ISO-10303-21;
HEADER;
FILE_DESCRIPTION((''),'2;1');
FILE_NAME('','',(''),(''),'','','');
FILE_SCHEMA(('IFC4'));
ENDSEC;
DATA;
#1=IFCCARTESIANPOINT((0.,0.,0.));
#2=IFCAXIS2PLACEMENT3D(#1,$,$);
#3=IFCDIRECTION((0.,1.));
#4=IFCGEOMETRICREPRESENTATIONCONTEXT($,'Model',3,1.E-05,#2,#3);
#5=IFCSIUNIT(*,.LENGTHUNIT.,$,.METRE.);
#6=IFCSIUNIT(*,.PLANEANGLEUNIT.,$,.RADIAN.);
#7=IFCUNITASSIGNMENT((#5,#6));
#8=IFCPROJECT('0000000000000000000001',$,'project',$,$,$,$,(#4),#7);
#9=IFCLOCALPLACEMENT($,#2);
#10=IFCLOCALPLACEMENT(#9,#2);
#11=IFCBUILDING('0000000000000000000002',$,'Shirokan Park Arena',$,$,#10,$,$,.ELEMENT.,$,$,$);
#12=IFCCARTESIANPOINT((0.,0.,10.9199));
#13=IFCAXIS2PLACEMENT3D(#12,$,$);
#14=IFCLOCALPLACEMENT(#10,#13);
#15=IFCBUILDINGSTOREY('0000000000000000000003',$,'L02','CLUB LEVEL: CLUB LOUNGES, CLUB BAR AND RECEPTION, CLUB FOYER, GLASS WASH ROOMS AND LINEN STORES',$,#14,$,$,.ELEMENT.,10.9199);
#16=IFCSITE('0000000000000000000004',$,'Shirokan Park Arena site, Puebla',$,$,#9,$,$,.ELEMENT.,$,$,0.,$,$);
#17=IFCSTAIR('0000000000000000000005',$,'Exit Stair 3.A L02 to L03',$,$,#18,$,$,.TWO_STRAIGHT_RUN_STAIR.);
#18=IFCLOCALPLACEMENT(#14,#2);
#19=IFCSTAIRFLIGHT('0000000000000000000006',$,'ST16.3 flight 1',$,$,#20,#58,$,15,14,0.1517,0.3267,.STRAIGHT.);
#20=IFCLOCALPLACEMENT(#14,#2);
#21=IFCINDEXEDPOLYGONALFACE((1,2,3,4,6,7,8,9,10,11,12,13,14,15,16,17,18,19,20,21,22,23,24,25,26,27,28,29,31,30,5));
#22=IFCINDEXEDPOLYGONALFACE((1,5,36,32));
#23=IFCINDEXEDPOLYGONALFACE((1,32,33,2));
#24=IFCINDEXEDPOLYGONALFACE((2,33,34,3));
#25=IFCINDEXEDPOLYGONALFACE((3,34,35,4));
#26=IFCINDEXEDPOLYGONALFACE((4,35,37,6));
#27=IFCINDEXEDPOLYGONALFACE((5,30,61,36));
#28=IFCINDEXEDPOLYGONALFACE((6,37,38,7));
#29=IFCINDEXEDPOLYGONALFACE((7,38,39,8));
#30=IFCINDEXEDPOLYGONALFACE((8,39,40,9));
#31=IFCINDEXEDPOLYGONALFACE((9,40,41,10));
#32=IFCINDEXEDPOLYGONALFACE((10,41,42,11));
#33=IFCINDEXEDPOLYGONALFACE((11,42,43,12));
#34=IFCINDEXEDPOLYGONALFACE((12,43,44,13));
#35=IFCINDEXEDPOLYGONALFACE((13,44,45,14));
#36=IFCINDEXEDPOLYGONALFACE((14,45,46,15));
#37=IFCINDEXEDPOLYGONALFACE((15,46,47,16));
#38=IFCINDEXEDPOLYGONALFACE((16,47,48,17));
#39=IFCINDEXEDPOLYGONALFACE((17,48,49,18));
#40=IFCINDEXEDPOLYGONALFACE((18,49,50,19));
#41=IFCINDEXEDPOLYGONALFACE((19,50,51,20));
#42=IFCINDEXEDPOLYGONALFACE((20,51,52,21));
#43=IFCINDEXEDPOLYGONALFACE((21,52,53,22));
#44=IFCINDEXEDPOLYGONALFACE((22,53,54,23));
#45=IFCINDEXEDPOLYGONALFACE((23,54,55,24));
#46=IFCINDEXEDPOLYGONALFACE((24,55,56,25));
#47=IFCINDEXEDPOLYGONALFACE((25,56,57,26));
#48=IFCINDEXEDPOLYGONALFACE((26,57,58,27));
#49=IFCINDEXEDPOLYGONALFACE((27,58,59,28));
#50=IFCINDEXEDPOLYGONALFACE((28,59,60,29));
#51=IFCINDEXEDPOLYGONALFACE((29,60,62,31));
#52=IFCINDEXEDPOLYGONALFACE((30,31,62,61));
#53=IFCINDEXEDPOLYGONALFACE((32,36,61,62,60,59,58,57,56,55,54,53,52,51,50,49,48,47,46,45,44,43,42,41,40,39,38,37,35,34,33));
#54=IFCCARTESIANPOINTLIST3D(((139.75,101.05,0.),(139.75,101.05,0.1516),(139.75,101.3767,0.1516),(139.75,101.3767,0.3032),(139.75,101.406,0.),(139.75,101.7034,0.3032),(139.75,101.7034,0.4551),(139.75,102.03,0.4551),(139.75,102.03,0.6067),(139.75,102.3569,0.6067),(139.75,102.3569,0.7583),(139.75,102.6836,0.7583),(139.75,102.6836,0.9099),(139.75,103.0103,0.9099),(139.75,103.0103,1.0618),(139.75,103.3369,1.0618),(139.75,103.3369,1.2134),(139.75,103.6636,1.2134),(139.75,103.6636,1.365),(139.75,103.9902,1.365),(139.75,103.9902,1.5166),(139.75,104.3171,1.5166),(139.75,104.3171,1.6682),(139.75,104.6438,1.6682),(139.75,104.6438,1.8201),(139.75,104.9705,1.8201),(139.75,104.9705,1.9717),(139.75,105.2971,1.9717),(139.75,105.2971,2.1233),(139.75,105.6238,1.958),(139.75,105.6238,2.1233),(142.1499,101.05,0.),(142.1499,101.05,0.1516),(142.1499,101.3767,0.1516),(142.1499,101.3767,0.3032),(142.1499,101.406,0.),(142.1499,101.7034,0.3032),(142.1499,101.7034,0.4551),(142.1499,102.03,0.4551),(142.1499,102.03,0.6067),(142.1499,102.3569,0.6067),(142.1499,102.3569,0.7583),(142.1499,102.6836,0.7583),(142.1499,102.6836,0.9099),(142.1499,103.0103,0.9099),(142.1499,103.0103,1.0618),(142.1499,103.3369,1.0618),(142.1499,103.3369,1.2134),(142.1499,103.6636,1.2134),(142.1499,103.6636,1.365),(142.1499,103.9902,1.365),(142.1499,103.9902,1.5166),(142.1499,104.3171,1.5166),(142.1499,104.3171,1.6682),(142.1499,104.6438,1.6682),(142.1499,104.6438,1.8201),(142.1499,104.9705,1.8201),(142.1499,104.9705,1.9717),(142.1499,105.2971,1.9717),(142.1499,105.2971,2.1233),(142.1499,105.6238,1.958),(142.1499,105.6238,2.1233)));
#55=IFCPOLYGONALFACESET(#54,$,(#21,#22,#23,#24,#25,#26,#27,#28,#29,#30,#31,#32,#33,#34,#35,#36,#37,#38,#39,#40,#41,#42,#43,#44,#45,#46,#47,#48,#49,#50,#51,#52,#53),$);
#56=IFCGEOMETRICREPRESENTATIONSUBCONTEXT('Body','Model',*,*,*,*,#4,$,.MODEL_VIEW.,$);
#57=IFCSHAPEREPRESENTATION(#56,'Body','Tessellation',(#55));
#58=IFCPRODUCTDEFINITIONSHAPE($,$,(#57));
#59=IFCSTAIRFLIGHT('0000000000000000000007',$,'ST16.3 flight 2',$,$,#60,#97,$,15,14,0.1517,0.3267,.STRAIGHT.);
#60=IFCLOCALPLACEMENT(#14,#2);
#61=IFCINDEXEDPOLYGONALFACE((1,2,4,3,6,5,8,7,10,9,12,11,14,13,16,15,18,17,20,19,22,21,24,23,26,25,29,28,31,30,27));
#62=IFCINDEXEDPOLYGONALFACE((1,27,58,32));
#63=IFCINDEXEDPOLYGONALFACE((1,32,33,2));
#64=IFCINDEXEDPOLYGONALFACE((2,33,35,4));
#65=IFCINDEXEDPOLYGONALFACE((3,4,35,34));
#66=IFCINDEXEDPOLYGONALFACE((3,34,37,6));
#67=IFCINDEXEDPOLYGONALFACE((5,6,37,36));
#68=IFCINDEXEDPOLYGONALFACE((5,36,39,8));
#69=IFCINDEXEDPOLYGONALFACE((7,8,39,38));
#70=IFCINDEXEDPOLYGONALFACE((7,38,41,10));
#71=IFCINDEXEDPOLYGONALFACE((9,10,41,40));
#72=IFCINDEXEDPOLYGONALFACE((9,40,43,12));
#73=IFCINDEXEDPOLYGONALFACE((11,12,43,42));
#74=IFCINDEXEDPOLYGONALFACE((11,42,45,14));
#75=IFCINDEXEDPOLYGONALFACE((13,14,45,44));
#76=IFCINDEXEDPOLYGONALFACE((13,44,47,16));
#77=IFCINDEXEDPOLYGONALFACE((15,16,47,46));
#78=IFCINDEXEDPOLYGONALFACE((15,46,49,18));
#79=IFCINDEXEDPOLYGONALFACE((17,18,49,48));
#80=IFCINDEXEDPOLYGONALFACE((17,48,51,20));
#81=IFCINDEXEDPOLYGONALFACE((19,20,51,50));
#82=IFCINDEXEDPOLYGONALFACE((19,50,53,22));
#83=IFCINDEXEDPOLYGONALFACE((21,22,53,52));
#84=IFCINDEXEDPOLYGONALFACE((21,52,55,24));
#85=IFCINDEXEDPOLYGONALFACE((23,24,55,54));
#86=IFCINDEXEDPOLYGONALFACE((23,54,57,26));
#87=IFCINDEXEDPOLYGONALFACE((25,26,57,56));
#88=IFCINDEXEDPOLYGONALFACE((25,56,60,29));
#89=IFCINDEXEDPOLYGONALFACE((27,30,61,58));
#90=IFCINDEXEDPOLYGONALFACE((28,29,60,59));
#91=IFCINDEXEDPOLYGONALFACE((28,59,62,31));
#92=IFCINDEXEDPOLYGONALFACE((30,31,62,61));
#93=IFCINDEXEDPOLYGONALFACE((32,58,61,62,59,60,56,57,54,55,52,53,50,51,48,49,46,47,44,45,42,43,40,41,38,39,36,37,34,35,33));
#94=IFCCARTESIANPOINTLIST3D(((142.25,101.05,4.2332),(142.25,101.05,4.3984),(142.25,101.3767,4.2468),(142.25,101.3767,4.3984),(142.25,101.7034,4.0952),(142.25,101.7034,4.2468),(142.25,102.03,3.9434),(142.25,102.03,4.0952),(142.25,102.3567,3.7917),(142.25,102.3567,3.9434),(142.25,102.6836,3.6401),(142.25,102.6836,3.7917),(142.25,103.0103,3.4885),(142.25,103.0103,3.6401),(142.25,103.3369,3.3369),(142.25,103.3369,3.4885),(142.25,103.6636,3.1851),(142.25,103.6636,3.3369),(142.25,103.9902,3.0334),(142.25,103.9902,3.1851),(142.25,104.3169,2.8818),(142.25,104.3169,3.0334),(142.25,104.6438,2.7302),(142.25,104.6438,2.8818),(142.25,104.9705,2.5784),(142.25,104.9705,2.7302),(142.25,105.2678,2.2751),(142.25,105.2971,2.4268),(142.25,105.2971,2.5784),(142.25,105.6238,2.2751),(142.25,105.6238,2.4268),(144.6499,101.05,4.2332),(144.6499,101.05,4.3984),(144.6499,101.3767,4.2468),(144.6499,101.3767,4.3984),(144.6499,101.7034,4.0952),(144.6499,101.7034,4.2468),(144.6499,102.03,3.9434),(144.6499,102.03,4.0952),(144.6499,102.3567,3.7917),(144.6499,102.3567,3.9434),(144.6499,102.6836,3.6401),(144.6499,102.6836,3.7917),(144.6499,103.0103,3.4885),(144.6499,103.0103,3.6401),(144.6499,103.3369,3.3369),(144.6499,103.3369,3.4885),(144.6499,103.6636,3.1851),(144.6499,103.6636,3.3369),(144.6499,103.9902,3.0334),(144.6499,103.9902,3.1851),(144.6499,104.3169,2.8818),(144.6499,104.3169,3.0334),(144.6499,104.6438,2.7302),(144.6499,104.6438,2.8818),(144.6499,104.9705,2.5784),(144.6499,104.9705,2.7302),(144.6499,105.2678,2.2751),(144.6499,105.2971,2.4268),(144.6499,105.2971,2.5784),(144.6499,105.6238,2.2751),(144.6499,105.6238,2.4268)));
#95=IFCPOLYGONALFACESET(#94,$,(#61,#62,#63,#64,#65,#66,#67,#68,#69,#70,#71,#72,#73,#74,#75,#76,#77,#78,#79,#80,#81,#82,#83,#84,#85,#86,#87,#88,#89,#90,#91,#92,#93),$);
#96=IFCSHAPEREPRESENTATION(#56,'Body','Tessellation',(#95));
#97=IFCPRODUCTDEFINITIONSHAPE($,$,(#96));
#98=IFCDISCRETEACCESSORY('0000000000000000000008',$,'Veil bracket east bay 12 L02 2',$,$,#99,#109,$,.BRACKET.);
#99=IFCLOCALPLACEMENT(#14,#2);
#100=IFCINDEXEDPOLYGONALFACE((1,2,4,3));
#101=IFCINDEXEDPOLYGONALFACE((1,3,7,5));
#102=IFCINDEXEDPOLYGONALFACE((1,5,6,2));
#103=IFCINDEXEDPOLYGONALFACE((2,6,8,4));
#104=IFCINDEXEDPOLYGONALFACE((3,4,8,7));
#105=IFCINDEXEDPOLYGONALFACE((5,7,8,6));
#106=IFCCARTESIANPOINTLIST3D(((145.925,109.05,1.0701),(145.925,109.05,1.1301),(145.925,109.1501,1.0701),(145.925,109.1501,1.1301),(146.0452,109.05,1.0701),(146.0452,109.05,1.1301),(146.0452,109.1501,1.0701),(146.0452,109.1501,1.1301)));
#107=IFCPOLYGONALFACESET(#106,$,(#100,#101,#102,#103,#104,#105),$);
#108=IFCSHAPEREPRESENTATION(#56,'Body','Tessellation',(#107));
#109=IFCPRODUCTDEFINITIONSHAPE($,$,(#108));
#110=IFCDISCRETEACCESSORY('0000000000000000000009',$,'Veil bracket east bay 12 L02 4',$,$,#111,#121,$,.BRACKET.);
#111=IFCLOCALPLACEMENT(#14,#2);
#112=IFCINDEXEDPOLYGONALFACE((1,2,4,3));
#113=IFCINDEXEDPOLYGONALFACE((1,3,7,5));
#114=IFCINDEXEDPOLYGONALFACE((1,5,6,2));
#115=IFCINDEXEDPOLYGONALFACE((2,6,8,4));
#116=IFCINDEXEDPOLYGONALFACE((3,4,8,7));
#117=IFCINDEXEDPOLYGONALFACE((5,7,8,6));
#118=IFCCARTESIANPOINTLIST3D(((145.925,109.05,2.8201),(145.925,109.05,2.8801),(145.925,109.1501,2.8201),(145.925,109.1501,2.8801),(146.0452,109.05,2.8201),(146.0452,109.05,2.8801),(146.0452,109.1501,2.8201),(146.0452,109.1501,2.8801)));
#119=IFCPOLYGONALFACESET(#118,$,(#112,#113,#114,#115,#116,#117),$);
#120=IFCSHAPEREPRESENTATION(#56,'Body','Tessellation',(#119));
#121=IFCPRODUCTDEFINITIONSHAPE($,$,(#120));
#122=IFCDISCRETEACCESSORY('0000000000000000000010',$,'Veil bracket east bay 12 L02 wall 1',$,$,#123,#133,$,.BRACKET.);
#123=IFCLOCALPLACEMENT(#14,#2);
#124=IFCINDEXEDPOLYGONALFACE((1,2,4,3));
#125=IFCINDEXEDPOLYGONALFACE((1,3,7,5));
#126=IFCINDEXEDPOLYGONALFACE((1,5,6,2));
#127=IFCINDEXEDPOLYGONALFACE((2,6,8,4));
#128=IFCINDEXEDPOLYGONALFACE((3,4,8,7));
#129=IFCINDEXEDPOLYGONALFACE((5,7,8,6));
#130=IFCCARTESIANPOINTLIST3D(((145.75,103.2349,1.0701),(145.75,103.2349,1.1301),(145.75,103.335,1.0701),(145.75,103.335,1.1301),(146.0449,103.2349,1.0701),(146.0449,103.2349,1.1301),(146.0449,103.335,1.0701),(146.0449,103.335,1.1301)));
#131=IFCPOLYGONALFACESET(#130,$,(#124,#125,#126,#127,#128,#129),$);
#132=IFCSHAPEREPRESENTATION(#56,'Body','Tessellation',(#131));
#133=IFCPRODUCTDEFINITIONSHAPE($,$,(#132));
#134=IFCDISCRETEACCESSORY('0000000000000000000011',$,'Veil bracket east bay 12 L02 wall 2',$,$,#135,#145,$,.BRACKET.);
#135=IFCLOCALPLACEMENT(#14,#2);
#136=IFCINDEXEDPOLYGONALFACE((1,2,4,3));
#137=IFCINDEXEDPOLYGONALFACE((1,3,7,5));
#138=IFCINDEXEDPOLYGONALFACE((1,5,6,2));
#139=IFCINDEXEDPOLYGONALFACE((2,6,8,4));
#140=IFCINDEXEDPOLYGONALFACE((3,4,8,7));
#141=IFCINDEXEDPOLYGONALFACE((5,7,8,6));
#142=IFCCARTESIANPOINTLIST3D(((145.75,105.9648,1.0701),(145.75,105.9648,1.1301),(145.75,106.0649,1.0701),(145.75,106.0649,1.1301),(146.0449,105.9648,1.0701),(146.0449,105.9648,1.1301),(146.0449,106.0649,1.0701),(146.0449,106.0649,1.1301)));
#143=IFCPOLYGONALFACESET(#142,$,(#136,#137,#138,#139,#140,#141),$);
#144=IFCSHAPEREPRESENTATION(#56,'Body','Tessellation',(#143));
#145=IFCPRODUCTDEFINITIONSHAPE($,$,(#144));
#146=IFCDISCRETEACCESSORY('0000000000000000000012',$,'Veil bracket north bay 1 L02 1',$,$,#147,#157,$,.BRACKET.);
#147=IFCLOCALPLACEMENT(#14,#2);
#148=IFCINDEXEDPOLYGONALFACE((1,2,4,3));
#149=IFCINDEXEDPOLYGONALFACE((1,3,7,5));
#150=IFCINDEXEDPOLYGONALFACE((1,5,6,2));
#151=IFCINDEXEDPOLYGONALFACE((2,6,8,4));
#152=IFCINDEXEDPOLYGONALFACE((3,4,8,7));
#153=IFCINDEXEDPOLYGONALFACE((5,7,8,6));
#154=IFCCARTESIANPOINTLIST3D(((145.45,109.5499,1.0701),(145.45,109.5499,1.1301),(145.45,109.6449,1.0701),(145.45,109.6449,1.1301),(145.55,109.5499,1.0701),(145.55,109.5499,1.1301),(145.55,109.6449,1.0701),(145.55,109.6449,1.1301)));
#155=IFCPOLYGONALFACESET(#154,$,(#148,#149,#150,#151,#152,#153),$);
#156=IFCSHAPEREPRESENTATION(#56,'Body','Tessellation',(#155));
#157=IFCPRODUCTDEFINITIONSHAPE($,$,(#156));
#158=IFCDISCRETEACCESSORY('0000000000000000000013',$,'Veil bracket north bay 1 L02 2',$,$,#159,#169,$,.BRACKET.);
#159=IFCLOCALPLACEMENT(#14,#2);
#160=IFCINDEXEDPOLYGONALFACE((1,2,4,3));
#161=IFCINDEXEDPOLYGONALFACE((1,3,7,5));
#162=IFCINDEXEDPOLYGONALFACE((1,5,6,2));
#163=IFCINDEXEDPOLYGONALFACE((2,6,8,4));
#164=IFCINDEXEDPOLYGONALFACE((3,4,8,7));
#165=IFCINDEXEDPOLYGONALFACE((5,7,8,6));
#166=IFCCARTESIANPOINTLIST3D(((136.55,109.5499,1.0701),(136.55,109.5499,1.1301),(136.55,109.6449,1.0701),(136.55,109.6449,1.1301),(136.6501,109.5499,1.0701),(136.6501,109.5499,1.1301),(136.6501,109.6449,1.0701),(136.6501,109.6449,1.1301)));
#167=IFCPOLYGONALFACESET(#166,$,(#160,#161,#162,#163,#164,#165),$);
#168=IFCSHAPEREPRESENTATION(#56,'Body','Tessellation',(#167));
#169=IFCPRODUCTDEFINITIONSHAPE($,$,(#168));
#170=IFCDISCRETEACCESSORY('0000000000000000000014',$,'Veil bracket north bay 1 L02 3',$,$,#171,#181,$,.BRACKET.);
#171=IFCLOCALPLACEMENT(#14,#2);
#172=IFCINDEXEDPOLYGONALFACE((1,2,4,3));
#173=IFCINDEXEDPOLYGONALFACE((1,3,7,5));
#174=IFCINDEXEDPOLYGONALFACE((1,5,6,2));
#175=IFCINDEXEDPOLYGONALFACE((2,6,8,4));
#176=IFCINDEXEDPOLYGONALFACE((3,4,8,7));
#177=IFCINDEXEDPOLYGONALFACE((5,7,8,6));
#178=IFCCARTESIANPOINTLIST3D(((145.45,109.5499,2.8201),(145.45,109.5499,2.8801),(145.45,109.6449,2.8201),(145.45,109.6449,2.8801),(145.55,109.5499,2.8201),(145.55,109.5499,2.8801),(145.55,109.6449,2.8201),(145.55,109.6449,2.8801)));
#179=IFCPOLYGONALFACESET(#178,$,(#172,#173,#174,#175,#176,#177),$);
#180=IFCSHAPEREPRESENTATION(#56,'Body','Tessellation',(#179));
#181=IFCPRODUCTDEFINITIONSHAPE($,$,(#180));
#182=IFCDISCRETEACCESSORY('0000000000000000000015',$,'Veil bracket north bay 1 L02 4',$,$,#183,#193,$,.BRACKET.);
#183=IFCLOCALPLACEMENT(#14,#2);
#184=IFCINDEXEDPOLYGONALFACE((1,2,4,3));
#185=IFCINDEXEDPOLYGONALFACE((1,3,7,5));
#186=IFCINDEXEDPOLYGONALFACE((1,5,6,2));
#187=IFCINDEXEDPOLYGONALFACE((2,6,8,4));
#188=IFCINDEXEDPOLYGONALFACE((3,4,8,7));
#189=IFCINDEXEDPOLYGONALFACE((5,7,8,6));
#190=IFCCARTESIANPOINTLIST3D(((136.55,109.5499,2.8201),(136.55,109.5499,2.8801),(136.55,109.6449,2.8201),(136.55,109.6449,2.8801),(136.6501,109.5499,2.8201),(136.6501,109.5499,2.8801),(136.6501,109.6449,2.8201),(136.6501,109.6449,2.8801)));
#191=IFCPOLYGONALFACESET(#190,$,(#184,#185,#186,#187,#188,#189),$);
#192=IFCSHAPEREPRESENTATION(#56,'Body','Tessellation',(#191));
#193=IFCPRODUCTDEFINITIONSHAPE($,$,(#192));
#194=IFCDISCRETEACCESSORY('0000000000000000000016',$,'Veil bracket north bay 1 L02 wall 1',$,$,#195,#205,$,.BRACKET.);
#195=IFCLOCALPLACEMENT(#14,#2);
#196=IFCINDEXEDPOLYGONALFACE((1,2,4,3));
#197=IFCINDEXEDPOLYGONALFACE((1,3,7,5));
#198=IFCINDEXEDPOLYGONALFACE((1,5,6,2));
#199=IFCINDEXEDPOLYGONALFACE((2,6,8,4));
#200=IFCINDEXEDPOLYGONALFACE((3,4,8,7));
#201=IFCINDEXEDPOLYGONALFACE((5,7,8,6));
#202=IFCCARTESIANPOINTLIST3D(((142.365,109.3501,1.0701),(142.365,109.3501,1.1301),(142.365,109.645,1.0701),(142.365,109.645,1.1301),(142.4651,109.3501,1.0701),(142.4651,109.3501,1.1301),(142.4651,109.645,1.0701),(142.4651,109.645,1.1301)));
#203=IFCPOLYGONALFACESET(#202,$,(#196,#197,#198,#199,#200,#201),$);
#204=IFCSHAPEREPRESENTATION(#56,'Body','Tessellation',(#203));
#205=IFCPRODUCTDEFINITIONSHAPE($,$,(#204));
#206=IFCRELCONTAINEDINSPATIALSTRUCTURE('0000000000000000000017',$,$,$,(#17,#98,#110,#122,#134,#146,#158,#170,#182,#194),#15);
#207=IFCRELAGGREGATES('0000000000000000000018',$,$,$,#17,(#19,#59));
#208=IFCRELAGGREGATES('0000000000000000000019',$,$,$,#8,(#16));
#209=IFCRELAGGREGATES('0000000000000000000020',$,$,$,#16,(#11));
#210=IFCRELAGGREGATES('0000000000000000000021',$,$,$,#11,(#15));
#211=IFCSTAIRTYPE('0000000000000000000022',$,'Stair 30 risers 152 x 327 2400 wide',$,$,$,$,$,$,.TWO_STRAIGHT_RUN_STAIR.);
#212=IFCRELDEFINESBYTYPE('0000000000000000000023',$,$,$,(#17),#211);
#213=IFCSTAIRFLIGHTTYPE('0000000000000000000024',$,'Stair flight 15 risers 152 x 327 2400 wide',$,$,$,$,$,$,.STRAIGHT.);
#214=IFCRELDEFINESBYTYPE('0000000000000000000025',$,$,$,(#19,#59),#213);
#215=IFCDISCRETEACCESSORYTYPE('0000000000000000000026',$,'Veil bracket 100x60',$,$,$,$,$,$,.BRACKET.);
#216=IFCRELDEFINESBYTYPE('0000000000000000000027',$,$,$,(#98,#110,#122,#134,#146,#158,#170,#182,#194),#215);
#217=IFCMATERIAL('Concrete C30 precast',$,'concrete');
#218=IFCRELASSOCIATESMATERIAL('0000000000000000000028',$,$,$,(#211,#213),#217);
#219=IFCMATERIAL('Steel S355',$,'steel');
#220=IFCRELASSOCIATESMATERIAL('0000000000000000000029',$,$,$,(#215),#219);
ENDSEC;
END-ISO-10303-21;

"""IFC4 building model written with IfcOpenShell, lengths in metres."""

from ifc_helpers import new_model, si_unit, direction, frame, origin, origin_2d, place, context, subcontext, project, spatial, polyline, rectangle, outline, extrude, material, type_object, element, aggregate, save


model = new_model("IFC4")

# Units and contexts
model_context = context("Model", 3, precision=1e-05, world=origin(), true_north=direction((0.0, 1.0)))
body_context = subcontext(model_context, "Body", "Model", "MODEL_VIEW")
ifc_project = project(units=[si_unit("LENGTHUNIT", "METRE"), si_unit("PLANEANGLEUNIT", "RADIAN")], contexts=[model_context])

# Site, building, storey
site_placement = place(None, origin())
site = spatial("IfcSite", under=ifc_project, at=site_placement, Name="Shirokan Park Arena site, Puebla", CompositionType="ELEMENT", RefElevation=0.0)
building_placement = place(site_placement, origin())
building = spatial("IfcBuilding", under=site, at=building_placement, Name="Shirokan Park Arena", CompositionType="ELEMENT")
storey_placement = place(building_placement, frame((0.0, 0.0, 10.9199)))
storey = spatial("IfcBuildingStorey", under=building, at=storey_placement, Name="L02", Description="CLUB LEVEL: CLUB LOUNGES, CLUB BAR AND RECEPTION, CLUB FOYER, GLASS WASH ROOMS AND LINEN STORES", CompositionType="ELEMENT", Elevation=10.9199)

# Stair, stair flights
ifc_material_1 = material(Name="Concrete C30 precast", Category="concrete")
stair_type = type_object("IfcStairType", Name="Stair 30 risers 152 x 327 2400 wide", PredefinedType="TWO_STRAIGHT_RUN_STAIR", material=ifc_material_1)
stair_placement = place(storey_placement, origin())
stair = element("IfcStair", 1, at=stair_placement, inside=storey, type_object=stair_type, Name="Exit Stair 3.A L02 to L03", PredefinedType="TWO_STRAIGHT_RUN_STAIR")
stair_flight_type = type_object("IfcStairFlightType", Name="Stair flight 15 risers 152 x 327 2400 wide", PredefinedType="STRAIGHT", material=ifc_material_1)
stair_flight_1_placement = place(storey_placement, frame((140.95, 101.05, 0.0), z_axis=(0.0, 0.0, 1.0), x_axis=(0.0, 1.0, 0.0)))
stair_flight_1 = element("IfcStairFlight", 2, at=stair_flight_1_placement, type_object=stair_flight_type, Name="ST16.3 flight 1", NumberOfRisers=15, NumberOfTreads=14, PredefinedType="STRAIGHT", RiserHeight=0.1517, TreadLength=0.3267, context=body_context, shape_type="SweptSolid", body=[
    extrude(outline(polyline([(0.0, 0.0), (0.0, 0.1516), (0.3267, 0.1516), (0.3267, 0.3032), (0.6533, 0.3032), (0.6533, 0.4551), (0.98, 0.4551), (0.98, 0.6067), (1.3069, 0.6067), (1.3069, 0.7583), (1.6335, 0.7583), (1.6335, 0.9099), (1.9602, 0.9099), (1.9602, 1.0618), (2.2869, 1.0618), (2.2869, 1.2134), (2.6135, 1.2134), (2.6135, 1.365), (2.9402, 1.365), (2.9402, 1.5166), (3.2671, 1.5166), (3.2671, 1.6682), (3.5938, 1.6682), (3.5938, 1.8201), (3.9204, 1.8201), (3.9204, 1.9717), (4.2471, 1.9717), (4.2471, 2.1233), (4.5737, 2.1233), (4.5737, 2.2749), (4.5737, 1.958), (0.356, 0.0), (0.0, 0.0)])), frame((0.0, 1.2, 0.0), z_axis=(0.0, -1.0, 0.0), x_axis=(1.0, 0.0, 0.0)), (0.0, 0.0, 1.0), 2.3999),
])
stair_flight_2_placement = place(storey_placement, frame((143.45, 105.6238, 2.2751), z_axis=(0.0, 0.0, 1.0), x_axis=(0.0, -1.0, 0.0)))
stair_flight_2 = element("IfcStairFlight", 3, at=stair_flight_2_placement, type_object=stair_flight_type, Name="ST16.3 flight 2", NumberOfRisers=15, NumberOfTreads=14, PredefinedType="STRAIGHT", RiserHeight=0.1517, TreadLength=0.3267, context=body_context, shape_type="SweptSolid", body=[
    extrude(outline(polyline([(0.0, 0.0), (0.0, 0.1516), (0.3267, 0.1516), (0.3267, 0.3032), (0.6533, 0.3032), (0.6533, 0.4551), (0.98, 0.4551), (0.98, 0.6067), (1.3069, 0.6067), (1.3069, 0.7583), (1.6335, 0.7583), (1.6335, 0.9099), (1.9602, 0.9099), (1.9602, 1.0618), (2.2869, 1.0618), (2.2869, 1.2134), (2.6135, 1.2134), (2.6135, 1.365), (2.9402, 1.365), (2.9402, 1.5166), (3.2671, 1.5166), (3.2671, 1.6682), (3.5938, 1.6682), (3.5938, 1.8201), (3.9204, 1.8201), (3.9204, 1.9717), (4.2471, 1.9717), (4.2471, 2.1233), (4.5737, 2.1233), (4.5737, 2.2749), (4.5737, 1.958), (0.356, 0.0), (0.0, 0.0)])), frame((0.0, 1.2, 0.0), z_axis=(0.0, -1.0, 0.0), x_axis=(1.0, 0.0, 0.0)), (0.0, 0.0, 1.0), 2.3999),
])
aggregate(stair, [stair_flight_1, stair_flight_2])

# Discrete accessories
ifc_material_2 = material(Name="Steel S355", Category="steel")
discrete_accessory_type = type_object("IfcDiscreteAccessoryType", Name="Veil bracket 100x60", PredefinedType="BRACKET", material=ifc_material_2)
for number, where, z_axis, x_axis, name in (
    (4, (145.9851, 109.1001, 1.0701), (0.0, 0.0, 1.0), (0.0, 1.0, 0.0), "Veil bracket east bay 12 L02 2"),
    (5, (145.9851, 109.1001, 2.8201), (0.0, 0.0, 1.0), (0.0, 1.0, 0.0), "Veil bracket east bay 12 L02 4"),
):
    element("IfcDiscreteAccessory", number, at=place(storey_placement, frame(where, z_axis=z_axis, x_axis=x_axis)), inside=storey, type_object=discrete_accessory_type, Name=name, PredefinedType="BRACKET", context=body_context, shape_type="SweptSolid", body=[
        extrude(rectangle(XDim=0.1001, YDim=0.1201, at=origin_2d()), origin(), (0.0, 0.0, 1.0), 0.0601),
    ])
for number, where, z_axis, x_axis, name in (
    (6, (145.8975, 103.2849, 1.0701), (0.0, 0.0, 1.0), (0.0, 1.0, 0.0), "Veil bracket east bay 12 L02 wall 1"),
    (7, (145.8975, 106.0149, 1.0701), (0.0, 0.0, 1.0), (0.0, 1.0, 0.0), "Veil bracket east bay 12 L02 wall 2"),
):
    element("IfcDiscreteAccessory", number, at=place(storey_placement, frame(where, z_axis=z_axis, x_axis=x_axis)), inside=storey, type_object=discrete_accessory_type, Name=name, PredefinedType="BRACKET", context=body_context, shape_type="SweptSolid", body=[
        extrude(rectangle(XDim=0.1001, YDim=0.2949, at=origin_2d()), origin(), (0.0, 0.0, 1.0), 0.0601),
    ])
for number, where, z_axis, x_axis, name in (
    (8, (145.5, 109.5974, 1.0701), (0.0, 0.0, 1.0), (-1.0, 0.0, 0.0), "Veil bracket north bay 1 L02 1"),
    (9, (136.6001, 109.5974, 1.0701), (0.0, 0.0, 1.0), (-1.0, 0.0, 0.0), "Veil bracket north bay 1 L02 2"),
    (10, (145.5, 109.5974, 2.8201), (0.0, 0.0, 1.0), (-1.0, 0.0, 0.0), "Veil bracket north bay 1 L02 3"),
    (11, (136.6001, 109.5974, 2.8201), (0.0, 0.0, 1.0), (-1.0, 0.0, 0.0), "Veil bracket north bay 1 L02 4"),
):
    element("IfcDiscreteAccessory", number, at=place(storey_placement, frame(where, z_axis=z_axis, x_axis=x_axis)), inside=storey, type_object=discrete_accessory_type, Name=name, PredefinedType="BRACKET", context=body_context, shape_type="SweptSolid", body=[
        extrude(rectangle(XDim=0.1001, YDim=0.095, at=origin_2d()), origin(), (0.0, 0.0, 1.0), 0.0601),
    ])
for number, where, z_axis, x_axis, name in (
    (12, (142.415, 109.4976, 1.0701), (0.0, 0.0, 1.0), (-1.0, 0.0, 0.0), "Veil bracket north bay 1 L02 wall 1"),
):
    element("IfcDiscreteAccessory", number, at=place(storey_placement, frame(where, z_axis=z_axis, x_axis=x_axis)), inside=storey, type_object=discrete_accessory_type, Name=name, PredefinedType="BRACKET", context=body_context, shape_type="SweptSolid", body=[
        extrude(rectangle(XDim=0.1001, YDim=0.2949, at=origin_2d()), origin(), (0.0, 0.0, 1.0), 0.0601),
    ])

save(model, "model.ifc")
